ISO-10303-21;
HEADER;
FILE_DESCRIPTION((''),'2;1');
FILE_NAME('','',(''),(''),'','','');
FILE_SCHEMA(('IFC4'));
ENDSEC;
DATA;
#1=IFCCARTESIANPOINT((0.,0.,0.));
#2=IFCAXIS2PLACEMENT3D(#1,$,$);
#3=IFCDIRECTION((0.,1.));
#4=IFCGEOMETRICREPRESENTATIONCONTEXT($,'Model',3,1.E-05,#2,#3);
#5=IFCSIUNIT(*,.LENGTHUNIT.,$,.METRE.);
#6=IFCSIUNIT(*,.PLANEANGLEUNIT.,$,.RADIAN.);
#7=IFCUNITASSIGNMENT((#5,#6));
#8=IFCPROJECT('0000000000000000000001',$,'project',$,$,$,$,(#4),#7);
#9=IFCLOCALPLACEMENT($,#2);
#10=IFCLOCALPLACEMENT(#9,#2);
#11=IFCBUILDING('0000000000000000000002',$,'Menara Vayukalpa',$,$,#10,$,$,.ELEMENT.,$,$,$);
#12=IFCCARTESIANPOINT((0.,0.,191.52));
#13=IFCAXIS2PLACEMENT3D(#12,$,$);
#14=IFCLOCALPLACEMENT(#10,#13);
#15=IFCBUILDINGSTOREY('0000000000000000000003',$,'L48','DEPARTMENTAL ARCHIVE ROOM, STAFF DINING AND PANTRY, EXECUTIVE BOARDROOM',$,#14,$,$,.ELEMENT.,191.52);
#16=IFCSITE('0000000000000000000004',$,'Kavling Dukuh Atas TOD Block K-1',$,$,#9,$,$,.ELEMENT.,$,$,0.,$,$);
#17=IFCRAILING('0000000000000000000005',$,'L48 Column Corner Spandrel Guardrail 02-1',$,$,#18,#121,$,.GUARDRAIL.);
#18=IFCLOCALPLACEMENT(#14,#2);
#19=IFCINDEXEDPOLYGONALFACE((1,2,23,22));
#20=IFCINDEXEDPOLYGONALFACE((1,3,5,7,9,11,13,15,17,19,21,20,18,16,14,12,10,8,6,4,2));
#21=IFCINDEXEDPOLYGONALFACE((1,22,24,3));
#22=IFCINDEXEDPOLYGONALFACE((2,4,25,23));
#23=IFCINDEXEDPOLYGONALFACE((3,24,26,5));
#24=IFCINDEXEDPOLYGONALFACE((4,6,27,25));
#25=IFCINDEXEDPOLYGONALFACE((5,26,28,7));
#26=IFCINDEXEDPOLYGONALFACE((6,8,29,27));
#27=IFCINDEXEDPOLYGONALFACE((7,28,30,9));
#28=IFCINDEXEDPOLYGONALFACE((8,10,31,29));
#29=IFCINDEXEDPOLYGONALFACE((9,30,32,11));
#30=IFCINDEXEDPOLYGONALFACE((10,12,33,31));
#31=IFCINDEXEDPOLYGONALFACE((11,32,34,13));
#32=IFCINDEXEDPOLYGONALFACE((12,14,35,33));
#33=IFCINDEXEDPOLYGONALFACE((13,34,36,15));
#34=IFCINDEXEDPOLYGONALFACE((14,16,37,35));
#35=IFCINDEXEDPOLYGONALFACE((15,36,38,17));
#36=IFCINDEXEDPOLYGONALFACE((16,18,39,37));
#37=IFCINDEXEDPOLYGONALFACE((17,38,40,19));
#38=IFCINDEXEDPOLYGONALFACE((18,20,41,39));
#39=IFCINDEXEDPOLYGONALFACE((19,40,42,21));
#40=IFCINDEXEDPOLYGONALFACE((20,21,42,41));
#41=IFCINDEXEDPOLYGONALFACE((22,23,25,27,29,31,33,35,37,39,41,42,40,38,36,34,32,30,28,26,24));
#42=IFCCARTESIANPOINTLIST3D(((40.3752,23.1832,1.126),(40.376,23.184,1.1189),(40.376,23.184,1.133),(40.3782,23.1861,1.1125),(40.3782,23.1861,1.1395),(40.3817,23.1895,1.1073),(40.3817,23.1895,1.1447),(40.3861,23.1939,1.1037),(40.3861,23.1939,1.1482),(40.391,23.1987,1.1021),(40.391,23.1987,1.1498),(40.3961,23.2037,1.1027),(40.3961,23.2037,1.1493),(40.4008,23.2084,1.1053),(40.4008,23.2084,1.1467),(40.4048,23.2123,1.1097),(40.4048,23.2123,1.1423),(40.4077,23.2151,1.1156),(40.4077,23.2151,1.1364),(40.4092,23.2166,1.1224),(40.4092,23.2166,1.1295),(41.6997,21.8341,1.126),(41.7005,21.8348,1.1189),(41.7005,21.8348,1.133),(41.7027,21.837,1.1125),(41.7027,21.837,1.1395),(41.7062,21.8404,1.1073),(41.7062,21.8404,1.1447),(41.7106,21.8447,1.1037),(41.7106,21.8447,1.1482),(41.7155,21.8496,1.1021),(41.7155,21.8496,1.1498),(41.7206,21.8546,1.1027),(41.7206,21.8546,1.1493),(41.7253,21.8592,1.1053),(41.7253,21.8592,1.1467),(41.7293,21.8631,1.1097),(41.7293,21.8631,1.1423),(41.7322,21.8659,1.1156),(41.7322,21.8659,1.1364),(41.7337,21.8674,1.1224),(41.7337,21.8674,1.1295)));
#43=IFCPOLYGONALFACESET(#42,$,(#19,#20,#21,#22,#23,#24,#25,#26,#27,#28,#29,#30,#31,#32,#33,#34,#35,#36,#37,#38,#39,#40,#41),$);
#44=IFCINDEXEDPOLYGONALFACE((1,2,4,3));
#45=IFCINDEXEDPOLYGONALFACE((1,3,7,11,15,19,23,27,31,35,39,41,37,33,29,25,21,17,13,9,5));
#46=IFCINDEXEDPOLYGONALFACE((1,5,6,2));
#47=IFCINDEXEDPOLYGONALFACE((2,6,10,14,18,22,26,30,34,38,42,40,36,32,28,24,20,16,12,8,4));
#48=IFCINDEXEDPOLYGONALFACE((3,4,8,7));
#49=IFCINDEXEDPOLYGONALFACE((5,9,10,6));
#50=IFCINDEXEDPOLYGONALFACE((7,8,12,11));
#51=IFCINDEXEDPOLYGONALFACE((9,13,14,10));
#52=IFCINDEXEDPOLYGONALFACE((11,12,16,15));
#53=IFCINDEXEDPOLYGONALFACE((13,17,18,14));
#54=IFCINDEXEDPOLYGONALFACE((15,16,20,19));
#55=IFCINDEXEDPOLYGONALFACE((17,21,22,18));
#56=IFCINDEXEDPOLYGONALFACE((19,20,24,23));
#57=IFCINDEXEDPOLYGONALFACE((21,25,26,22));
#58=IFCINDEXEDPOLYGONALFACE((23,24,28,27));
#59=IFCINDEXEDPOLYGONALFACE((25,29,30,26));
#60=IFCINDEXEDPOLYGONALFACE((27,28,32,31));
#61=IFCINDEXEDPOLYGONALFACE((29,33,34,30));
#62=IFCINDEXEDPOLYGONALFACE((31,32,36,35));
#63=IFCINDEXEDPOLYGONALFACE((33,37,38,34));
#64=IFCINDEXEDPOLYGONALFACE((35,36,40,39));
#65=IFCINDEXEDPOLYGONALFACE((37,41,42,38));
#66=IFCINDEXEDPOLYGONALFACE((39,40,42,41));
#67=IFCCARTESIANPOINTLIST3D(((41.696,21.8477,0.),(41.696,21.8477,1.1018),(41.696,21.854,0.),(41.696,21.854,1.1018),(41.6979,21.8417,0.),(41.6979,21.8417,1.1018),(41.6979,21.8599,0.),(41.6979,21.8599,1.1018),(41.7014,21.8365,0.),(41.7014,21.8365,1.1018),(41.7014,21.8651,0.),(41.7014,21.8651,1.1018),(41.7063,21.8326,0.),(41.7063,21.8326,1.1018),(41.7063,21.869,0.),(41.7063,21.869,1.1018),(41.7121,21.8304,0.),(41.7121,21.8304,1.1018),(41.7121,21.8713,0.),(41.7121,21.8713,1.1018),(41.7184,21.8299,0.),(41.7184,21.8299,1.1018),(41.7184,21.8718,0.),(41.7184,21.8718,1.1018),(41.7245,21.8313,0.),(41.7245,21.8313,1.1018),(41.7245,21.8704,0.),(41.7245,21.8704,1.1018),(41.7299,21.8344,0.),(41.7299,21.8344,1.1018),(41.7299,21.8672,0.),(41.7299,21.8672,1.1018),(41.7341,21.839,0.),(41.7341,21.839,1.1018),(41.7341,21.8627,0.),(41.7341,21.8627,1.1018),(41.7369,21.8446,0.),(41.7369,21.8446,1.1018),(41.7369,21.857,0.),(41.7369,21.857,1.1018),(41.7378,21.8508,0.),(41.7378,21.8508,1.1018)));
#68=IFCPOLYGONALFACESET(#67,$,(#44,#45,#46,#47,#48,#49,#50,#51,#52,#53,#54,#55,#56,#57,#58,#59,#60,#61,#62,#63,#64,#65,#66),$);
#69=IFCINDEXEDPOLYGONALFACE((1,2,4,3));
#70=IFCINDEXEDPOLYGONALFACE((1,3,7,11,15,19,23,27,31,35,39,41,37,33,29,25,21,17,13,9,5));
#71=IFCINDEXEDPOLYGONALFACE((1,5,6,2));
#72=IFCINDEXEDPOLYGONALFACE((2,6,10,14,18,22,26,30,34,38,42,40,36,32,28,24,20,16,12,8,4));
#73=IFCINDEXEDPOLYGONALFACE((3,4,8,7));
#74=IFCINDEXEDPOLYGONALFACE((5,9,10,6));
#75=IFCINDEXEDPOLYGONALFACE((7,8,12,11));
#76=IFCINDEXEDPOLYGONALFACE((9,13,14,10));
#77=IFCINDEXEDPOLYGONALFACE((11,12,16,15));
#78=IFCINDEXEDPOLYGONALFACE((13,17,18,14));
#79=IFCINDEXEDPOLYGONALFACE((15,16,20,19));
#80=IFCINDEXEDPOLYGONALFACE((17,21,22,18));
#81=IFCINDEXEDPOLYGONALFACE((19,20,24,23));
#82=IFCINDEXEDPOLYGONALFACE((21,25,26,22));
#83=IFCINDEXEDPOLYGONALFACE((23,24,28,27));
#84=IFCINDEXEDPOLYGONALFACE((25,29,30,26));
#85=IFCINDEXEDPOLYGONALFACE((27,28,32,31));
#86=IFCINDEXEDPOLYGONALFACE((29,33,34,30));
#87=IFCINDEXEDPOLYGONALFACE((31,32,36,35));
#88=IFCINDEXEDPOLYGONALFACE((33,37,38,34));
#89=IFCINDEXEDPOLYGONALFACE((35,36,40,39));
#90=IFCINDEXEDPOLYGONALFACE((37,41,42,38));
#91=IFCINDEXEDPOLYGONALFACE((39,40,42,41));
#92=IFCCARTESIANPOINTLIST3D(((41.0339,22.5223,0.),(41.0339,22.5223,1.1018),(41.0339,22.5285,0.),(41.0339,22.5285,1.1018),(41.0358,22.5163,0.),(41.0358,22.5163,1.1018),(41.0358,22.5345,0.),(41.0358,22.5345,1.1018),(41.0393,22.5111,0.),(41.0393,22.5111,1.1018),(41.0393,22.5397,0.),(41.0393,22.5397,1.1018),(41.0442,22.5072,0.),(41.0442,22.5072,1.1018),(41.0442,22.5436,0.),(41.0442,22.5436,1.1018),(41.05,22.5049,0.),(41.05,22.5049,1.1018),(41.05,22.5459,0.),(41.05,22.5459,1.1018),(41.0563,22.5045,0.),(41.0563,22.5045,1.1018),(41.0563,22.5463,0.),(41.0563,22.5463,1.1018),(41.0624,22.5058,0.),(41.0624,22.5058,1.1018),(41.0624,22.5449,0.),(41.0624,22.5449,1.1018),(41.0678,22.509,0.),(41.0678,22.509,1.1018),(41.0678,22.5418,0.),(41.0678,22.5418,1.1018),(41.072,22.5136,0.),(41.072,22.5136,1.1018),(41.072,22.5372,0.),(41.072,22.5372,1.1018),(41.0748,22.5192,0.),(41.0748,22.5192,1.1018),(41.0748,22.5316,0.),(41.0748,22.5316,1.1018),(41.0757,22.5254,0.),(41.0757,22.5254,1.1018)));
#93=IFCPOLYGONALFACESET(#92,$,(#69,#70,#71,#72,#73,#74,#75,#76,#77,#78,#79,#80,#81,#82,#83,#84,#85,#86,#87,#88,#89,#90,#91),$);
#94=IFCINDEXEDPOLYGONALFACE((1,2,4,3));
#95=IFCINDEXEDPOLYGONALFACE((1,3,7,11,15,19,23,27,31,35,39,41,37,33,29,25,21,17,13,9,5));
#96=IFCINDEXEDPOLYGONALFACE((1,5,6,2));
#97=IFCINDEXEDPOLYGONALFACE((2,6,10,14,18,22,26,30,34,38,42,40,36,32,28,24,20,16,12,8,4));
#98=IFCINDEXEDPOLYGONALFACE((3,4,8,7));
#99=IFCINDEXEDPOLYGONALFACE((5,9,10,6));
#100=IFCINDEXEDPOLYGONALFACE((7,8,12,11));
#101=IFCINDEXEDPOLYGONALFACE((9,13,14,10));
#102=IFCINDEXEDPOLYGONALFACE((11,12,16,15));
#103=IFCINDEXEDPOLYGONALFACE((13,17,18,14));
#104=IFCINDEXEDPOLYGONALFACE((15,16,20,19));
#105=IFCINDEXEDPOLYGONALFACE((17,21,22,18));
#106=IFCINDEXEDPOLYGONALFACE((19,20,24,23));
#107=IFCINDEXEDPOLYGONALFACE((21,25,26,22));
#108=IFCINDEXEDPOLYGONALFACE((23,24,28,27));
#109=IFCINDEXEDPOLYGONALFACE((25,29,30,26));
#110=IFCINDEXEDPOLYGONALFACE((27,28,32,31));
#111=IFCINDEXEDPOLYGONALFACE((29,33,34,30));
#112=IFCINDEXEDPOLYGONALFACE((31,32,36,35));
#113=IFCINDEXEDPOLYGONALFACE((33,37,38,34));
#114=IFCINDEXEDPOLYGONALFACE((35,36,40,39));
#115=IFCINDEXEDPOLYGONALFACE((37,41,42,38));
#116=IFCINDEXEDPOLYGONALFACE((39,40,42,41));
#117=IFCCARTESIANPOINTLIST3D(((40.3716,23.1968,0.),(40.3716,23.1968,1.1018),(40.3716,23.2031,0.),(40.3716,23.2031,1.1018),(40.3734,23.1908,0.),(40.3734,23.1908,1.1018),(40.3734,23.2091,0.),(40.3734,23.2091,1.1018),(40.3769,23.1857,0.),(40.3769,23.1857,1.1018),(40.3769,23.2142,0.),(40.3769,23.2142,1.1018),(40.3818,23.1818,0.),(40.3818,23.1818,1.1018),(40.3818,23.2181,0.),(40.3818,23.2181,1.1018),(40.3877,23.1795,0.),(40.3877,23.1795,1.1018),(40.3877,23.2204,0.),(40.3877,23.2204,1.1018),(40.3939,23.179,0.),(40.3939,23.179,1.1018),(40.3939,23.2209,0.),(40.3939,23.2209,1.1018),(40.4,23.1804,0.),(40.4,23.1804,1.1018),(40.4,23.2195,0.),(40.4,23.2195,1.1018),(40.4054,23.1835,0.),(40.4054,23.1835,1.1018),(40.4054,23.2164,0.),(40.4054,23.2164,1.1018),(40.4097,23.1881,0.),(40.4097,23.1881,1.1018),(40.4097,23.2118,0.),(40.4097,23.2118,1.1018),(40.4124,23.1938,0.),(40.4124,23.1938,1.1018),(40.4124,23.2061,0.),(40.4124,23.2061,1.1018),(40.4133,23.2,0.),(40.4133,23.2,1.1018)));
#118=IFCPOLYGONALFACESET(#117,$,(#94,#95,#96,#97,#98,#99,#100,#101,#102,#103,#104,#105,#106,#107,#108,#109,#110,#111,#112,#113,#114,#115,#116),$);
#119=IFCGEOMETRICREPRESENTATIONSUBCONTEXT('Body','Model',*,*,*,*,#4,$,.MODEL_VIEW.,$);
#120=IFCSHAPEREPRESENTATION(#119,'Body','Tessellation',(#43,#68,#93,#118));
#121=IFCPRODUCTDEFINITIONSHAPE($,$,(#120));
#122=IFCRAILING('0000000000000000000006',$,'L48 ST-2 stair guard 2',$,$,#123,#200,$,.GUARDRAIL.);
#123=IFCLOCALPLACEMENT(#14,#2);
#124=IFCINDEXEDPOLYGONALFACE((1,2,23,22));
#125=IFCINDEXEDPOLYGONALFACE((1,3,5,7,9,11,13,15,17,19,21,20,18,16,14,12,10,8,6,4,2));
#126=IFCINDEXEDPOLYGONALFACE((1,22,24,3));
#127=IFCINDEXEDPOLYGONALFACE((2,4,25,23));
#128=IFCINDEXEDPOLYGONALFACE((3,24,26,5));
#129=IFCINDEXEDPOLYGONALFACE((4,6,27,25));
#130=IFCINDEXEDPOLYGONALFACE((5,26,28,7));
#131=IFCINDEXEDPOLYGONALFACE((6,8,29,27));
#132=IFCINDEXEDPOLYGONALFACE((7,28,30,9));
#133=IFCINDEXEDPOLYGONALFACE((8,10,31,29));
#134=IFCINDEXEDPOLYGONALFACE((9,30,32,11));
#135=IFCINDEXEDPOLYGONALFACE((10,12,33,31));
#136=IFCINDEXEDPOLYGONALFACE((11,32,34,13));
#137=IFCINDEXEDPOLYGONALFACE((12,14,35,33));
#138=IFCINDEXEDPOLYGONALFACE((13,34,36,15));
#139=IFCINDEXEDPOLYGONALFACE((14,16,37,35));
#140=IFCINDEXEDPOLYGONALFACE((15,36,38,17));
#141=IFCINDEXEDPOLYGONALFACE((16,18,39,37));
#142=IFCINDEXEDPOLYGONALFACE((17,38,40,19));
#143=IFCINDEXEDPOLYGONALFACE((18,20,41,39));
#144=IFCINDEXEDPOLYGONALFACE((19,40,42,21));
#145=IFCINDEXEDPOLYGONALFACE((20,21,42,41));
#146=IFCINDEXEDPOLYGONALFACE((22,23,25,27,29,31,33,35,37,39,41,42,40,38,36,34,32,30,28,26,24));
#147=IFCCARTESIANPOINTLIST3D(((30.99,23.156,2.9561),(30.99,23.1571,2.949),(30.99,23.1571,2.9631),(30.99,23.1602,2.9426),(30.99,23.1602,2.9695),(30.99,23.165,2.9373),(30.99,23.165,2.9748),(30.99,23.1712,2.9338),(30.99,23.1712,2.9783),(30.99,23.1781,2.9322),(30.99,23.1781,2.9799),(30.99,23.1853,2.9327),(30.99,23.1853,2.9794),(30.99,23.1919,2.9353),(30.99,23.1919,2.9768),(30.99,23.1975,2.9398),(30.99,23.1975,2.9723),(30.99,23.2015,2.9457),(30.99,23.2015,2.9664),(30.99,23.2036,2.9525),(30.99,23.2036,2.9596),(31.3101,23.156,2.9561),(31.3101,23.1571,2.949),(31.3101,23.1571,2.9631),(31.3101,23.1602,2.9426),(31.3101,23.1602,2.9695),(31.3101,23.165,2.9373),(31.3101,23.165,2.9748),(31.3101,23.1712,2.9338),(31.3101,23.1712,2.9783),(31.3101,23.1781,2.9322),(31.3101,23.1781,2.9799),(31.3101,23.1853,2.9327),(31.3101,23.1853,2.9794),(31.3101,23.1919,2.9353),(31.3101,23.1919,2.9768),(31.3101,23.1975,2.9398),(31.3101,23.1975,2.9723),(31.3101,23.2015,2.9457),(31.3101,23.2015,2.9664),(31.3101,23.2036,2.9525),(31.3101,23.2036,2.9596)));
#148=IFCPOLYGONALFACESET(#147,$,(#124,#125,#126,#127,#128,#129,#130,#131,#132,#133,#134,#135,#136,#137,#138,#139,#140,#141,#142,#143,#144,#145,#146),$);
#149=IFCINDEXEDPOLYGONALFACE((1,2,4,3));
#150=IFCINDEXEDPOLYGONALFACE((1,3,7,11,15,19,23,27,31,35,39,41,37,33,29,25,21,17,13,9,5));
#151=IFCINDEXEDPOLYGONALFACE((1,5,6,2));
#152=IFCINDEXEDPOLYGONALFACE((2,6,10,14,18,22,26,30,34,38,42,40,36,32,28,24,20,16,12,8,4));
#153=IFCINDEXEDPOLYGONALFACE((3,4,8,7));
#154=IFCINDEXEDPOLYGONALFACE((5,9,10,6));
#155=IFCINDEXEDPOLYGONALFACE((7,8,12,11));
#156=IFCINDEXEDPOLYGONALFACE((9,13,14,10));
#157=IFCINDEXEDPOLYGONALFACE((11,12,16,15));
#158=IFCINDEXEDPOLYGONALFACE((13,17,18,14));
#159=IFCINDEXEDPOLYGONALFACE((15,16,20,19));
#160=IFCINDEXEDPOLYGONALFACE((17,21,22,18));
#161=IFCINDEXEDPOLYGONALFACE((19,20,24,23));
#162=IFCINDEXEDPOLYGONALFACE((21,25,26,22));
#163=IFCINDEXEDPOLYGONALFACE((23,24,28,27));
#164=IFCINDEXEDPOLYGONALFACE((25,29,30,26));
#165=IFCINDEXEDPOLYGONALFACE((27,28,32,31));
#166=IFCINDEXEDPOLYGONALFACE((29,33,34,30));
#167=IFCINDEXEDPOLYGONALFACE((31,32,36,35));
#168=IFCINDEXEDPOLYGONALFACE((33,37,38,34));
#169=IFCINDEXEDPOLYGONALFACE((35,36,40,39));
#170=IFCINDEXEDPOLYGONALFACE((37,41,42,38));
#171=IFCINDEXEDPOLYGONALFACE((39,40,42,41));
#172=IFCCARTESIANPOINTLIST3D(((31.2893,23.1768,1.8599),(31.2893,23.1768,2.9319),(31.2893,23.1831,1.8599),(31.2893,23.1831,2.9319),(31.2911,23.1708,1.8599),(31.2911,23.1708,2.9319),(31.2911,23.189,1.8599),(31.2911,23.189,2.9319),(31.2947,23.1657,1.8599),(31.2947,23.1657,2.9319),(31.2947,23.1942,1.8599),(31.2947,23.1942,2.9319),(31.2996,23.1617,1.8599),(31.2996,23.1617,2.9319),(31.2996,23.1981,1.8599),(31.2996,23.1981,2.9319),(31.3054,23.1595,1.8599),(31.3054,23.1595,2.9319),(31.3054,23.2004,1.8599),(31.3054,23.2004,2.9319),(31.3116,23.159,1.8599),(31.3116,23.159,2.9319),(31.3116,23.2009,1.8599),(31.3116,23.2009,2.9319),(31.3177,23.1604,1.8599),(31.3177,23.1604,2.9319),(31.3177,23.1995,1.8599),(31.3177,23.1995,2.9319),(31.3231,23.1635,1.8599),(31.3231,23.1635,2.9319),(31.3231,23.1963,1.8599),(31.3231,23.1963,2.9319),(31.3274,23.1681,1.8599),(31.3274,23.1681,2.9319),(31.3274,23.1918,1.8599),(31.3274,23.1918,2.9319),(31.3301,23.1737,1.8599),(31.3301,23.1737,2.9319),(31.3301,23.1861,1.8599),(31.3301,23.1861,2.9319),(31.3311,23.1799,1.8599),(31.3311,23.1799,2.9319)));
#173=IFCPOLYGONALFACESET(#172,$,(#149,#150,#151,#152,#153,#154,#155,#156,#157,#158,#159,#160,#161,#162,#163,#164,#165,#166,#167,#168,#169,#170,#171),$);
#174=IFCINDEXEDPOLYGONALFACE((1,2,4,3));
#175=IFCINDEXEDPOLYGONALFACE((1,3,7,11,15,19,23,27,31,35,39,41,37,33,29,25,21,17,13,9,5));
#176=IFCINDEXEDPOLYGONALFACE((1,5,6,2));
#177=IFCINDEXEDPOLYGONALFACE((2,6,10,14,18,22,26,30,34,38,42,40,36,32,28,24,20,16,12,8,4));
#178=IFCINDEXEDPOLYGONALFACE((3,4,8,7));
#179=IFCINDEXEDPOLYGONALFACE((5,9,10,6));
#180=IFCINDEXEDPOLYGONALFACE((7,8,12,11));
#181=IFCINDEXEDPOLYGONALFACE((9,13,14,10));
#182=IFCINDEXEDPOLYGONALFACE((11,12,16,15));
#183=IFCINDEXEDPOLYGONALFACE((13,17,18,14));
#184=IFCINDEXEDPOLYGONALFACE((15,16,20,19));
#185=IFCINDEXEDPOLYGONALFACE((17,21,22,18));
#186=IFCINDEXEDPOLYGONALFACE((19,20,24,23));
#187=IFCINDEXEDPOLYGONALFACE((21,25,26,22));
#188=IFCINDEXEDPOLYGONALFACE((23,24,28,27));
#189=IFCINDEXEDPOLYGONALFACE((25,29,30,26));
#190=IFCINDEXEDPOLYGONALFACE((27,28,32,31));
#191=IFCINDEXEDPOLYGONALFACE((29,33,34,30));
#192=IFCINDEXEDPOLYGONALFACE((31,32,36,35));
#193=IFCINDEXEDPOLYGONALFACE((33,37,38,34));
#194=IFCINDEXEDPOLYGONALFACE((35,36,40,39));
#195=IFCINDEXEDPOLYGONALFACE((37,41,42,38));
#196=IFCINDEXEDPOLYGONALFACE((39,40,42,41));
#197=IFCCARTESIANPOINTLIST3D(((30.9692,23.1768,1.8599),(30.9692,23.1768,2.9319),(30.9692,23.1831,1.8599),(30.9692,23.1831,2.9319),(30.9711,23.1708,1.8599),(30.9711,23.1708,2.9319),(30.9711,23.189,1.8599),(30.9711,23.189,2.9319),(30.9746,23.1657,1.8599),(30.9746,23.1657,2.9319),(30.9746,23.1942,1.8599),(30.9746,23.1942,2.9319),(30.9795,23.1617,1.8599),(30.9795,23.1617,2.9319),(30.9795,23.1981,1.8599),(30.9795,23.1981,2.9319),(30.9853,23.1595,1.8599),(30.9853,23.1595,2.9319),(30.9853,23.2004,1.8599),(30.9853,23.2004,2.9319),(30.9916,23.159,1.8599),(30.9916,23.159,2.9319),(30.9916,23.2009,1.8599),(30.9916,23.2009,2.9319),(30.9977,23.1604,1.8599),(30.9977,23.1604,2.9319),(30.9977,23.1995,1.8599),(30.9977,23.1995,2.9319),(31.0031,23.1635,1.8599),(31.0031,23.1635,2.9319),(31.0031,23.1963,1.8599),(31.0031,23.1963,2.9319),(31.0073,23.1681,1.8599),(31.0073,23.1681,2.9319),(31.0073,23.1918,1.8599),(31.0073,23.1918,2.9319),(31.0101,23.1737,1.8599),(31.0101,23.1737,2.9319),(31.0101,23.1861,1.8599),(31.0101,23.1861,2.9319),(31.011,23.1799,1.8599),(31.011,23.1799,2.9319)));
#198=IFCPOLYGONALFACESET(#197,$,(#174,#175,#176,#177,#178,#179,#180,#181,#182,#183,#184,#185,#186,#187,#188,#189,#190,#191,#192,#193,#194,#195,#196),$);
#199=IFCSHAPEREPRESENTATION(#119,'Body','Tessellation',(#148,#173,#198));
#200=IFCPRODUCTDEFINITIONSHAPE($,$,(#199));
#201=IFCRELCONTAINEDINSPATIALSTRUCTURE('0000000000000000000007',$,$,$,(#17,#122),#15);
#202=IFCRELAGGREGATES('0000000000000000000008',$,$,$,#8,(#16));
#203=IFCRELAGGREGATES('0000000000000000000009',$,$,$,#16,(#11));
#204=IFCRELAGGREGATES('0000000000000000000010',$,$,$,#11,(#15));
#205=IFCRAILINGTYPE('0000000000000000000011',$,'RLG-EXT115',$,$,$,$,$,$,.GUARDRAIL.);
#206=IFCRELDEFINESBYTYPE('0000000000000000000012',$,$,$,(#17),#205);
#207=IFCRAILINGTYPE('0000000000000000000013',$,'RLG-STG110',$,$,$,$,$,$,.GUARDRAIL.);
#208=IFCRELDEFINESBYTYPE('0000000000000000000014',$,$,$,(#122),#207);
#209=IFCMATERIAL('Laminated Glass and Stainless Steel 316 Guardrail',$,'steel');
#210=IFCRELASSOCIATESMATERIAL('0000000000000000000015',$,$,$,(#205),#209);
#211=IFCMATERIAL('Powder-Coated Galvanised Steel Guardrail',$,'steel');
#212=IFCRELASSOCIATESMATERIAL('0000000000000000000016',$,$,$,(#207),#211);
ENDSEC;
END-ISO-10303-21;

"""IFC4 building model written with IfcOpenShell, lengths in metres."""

from ifc_helpers import new_model, si_unit, direction, frame, origin, origin_2d, place, context, subcontext, project, spatial, circle, extrude, material, type_object, element, save


model = new_model("IFC4")

# Units and contexts
model_context = context("Model", 3, precision=1e-05, world=origin(), true_north=direction((0.0, 1.0)))
body_context = subcontext(model_context, "Body", "Model", "MODEL_VIEW")
ifc_project = project(units=[si_unit("LENGTHUNIT", "METRE"), si_unit("PLANEANGLEUNIT", "RADIAN")], contexts=[model_context])

# Site, building, storey
site_placement = place(None, origin())
site = spatial("IfcSite", under=ifc_project, at=site_placement, Name="Kavling Dukuh Atas TOD Block K-1", CompositionType="ELEMENT", RefElevation=0.0)
building_placement = place(site_placement, origin())
building = spatial("IfcBuilding", under=site, at=building_placement, Name="Menara Vayukalpa", CompositionType="ELEMENT")
storey_placement = place(building_placement, frame((0.0, 0.0, 191.52)))
storey = spatial("IfcBuildingStorey", under=building, at=storey_placement, Name="L48", Description="DEPARTMENTAL ARCHIVE ROOM, STAFF DINING AND PANTRY, EXECUTIVE BOARDROOM", CompositionType="ELEMENT", Elevation=191.52)

# Railings
ifc_material_1 = material(Name="Laminated Glass and Stainless Steel 316 Guardrail", Category="steel")
railing_type_1 = type_object("IfcRailingType", Name="RLG-EXT115", PredefinedType="GUARDRAIL", material=ifc_material_1)
railing_1_placement = place(storey_placement, frame((41.7168, 21.8508, 0.0)))
element("IfcRailing", 1, at=railing_1_placement, inside=storey, type_object=railing_type_1, Name="L48 Column Corner Spandrel Guardrail 02-1", PredefinedType="GUARDRAIL", context=body_context, shape_type="SweptSolid", body=[
    extrude(circle(Radius=0.0239, at=origin_2d()), frame((0.0, 0.0, 1.126), z_axis=(-0.700555, 0.713598, 0.0), x_axis=(-0.713598, -0.700555, 0.0)), (0.0, 0.0, 1.0), 1.8906),
    extrude(circle(Radius=0.021, at=origin_2d()), origin(), (0.0, 0.0, 1.0), 1.1018),
    extrude(circle(Radius=0.021, at=origin_2d()), frame((-0.6621, 0.6746, 0.0)), (0.0, 0.0, 1.0), 1.1018),
    extrude(circle(Radius=0.021, at=origin_2d()), frame((-1.3245, 1.3491, 0.0)), (0.0, 0.0, 1.0), 1.1018),
])
ifc_material_2 = material(Name="Powder-Coated Galvanised Steel Guardrail", Category="steel")
railing_type_2 = type_object("IfcRailingType", Name="RLG-STG110", PredefinedType="GUARDRAIL", material=ifc_material_2)
railing_2_placement = place(storey_placement, frame((31.3101, 23.1799, 1.8599)))
element("IfcRailing", 2, at=railing_2_placement, inside=storey, type_object=railing_type_2, Name="L48 ST-2 stair guard 2", PredefinedType="GUARDRAIL", context=body_context, shape_type="SweptSolid", body=[
    extrude(circle(Radius=0.0239, at=origin_2d()), frame((0.0, 0.0, 1.0962), z_axis=(-1.0, 0.0, 0.0), x_axis=(0.0, -1.0, 0.0)), (0.0, 0.0, 1.0), 0.3201),
    extrude(circle(Radius=0.021, at=origin_2d()), origin(), (0.0, 0.0, 1.0), 1.072),
    extrude(circle(Radius=0.021, at=origin_2d()), frame((-0.3201, 0.0, 0.0)), (0.0, 0.0, 1.0), 1.072),
])

save(model, "model.ifc")
